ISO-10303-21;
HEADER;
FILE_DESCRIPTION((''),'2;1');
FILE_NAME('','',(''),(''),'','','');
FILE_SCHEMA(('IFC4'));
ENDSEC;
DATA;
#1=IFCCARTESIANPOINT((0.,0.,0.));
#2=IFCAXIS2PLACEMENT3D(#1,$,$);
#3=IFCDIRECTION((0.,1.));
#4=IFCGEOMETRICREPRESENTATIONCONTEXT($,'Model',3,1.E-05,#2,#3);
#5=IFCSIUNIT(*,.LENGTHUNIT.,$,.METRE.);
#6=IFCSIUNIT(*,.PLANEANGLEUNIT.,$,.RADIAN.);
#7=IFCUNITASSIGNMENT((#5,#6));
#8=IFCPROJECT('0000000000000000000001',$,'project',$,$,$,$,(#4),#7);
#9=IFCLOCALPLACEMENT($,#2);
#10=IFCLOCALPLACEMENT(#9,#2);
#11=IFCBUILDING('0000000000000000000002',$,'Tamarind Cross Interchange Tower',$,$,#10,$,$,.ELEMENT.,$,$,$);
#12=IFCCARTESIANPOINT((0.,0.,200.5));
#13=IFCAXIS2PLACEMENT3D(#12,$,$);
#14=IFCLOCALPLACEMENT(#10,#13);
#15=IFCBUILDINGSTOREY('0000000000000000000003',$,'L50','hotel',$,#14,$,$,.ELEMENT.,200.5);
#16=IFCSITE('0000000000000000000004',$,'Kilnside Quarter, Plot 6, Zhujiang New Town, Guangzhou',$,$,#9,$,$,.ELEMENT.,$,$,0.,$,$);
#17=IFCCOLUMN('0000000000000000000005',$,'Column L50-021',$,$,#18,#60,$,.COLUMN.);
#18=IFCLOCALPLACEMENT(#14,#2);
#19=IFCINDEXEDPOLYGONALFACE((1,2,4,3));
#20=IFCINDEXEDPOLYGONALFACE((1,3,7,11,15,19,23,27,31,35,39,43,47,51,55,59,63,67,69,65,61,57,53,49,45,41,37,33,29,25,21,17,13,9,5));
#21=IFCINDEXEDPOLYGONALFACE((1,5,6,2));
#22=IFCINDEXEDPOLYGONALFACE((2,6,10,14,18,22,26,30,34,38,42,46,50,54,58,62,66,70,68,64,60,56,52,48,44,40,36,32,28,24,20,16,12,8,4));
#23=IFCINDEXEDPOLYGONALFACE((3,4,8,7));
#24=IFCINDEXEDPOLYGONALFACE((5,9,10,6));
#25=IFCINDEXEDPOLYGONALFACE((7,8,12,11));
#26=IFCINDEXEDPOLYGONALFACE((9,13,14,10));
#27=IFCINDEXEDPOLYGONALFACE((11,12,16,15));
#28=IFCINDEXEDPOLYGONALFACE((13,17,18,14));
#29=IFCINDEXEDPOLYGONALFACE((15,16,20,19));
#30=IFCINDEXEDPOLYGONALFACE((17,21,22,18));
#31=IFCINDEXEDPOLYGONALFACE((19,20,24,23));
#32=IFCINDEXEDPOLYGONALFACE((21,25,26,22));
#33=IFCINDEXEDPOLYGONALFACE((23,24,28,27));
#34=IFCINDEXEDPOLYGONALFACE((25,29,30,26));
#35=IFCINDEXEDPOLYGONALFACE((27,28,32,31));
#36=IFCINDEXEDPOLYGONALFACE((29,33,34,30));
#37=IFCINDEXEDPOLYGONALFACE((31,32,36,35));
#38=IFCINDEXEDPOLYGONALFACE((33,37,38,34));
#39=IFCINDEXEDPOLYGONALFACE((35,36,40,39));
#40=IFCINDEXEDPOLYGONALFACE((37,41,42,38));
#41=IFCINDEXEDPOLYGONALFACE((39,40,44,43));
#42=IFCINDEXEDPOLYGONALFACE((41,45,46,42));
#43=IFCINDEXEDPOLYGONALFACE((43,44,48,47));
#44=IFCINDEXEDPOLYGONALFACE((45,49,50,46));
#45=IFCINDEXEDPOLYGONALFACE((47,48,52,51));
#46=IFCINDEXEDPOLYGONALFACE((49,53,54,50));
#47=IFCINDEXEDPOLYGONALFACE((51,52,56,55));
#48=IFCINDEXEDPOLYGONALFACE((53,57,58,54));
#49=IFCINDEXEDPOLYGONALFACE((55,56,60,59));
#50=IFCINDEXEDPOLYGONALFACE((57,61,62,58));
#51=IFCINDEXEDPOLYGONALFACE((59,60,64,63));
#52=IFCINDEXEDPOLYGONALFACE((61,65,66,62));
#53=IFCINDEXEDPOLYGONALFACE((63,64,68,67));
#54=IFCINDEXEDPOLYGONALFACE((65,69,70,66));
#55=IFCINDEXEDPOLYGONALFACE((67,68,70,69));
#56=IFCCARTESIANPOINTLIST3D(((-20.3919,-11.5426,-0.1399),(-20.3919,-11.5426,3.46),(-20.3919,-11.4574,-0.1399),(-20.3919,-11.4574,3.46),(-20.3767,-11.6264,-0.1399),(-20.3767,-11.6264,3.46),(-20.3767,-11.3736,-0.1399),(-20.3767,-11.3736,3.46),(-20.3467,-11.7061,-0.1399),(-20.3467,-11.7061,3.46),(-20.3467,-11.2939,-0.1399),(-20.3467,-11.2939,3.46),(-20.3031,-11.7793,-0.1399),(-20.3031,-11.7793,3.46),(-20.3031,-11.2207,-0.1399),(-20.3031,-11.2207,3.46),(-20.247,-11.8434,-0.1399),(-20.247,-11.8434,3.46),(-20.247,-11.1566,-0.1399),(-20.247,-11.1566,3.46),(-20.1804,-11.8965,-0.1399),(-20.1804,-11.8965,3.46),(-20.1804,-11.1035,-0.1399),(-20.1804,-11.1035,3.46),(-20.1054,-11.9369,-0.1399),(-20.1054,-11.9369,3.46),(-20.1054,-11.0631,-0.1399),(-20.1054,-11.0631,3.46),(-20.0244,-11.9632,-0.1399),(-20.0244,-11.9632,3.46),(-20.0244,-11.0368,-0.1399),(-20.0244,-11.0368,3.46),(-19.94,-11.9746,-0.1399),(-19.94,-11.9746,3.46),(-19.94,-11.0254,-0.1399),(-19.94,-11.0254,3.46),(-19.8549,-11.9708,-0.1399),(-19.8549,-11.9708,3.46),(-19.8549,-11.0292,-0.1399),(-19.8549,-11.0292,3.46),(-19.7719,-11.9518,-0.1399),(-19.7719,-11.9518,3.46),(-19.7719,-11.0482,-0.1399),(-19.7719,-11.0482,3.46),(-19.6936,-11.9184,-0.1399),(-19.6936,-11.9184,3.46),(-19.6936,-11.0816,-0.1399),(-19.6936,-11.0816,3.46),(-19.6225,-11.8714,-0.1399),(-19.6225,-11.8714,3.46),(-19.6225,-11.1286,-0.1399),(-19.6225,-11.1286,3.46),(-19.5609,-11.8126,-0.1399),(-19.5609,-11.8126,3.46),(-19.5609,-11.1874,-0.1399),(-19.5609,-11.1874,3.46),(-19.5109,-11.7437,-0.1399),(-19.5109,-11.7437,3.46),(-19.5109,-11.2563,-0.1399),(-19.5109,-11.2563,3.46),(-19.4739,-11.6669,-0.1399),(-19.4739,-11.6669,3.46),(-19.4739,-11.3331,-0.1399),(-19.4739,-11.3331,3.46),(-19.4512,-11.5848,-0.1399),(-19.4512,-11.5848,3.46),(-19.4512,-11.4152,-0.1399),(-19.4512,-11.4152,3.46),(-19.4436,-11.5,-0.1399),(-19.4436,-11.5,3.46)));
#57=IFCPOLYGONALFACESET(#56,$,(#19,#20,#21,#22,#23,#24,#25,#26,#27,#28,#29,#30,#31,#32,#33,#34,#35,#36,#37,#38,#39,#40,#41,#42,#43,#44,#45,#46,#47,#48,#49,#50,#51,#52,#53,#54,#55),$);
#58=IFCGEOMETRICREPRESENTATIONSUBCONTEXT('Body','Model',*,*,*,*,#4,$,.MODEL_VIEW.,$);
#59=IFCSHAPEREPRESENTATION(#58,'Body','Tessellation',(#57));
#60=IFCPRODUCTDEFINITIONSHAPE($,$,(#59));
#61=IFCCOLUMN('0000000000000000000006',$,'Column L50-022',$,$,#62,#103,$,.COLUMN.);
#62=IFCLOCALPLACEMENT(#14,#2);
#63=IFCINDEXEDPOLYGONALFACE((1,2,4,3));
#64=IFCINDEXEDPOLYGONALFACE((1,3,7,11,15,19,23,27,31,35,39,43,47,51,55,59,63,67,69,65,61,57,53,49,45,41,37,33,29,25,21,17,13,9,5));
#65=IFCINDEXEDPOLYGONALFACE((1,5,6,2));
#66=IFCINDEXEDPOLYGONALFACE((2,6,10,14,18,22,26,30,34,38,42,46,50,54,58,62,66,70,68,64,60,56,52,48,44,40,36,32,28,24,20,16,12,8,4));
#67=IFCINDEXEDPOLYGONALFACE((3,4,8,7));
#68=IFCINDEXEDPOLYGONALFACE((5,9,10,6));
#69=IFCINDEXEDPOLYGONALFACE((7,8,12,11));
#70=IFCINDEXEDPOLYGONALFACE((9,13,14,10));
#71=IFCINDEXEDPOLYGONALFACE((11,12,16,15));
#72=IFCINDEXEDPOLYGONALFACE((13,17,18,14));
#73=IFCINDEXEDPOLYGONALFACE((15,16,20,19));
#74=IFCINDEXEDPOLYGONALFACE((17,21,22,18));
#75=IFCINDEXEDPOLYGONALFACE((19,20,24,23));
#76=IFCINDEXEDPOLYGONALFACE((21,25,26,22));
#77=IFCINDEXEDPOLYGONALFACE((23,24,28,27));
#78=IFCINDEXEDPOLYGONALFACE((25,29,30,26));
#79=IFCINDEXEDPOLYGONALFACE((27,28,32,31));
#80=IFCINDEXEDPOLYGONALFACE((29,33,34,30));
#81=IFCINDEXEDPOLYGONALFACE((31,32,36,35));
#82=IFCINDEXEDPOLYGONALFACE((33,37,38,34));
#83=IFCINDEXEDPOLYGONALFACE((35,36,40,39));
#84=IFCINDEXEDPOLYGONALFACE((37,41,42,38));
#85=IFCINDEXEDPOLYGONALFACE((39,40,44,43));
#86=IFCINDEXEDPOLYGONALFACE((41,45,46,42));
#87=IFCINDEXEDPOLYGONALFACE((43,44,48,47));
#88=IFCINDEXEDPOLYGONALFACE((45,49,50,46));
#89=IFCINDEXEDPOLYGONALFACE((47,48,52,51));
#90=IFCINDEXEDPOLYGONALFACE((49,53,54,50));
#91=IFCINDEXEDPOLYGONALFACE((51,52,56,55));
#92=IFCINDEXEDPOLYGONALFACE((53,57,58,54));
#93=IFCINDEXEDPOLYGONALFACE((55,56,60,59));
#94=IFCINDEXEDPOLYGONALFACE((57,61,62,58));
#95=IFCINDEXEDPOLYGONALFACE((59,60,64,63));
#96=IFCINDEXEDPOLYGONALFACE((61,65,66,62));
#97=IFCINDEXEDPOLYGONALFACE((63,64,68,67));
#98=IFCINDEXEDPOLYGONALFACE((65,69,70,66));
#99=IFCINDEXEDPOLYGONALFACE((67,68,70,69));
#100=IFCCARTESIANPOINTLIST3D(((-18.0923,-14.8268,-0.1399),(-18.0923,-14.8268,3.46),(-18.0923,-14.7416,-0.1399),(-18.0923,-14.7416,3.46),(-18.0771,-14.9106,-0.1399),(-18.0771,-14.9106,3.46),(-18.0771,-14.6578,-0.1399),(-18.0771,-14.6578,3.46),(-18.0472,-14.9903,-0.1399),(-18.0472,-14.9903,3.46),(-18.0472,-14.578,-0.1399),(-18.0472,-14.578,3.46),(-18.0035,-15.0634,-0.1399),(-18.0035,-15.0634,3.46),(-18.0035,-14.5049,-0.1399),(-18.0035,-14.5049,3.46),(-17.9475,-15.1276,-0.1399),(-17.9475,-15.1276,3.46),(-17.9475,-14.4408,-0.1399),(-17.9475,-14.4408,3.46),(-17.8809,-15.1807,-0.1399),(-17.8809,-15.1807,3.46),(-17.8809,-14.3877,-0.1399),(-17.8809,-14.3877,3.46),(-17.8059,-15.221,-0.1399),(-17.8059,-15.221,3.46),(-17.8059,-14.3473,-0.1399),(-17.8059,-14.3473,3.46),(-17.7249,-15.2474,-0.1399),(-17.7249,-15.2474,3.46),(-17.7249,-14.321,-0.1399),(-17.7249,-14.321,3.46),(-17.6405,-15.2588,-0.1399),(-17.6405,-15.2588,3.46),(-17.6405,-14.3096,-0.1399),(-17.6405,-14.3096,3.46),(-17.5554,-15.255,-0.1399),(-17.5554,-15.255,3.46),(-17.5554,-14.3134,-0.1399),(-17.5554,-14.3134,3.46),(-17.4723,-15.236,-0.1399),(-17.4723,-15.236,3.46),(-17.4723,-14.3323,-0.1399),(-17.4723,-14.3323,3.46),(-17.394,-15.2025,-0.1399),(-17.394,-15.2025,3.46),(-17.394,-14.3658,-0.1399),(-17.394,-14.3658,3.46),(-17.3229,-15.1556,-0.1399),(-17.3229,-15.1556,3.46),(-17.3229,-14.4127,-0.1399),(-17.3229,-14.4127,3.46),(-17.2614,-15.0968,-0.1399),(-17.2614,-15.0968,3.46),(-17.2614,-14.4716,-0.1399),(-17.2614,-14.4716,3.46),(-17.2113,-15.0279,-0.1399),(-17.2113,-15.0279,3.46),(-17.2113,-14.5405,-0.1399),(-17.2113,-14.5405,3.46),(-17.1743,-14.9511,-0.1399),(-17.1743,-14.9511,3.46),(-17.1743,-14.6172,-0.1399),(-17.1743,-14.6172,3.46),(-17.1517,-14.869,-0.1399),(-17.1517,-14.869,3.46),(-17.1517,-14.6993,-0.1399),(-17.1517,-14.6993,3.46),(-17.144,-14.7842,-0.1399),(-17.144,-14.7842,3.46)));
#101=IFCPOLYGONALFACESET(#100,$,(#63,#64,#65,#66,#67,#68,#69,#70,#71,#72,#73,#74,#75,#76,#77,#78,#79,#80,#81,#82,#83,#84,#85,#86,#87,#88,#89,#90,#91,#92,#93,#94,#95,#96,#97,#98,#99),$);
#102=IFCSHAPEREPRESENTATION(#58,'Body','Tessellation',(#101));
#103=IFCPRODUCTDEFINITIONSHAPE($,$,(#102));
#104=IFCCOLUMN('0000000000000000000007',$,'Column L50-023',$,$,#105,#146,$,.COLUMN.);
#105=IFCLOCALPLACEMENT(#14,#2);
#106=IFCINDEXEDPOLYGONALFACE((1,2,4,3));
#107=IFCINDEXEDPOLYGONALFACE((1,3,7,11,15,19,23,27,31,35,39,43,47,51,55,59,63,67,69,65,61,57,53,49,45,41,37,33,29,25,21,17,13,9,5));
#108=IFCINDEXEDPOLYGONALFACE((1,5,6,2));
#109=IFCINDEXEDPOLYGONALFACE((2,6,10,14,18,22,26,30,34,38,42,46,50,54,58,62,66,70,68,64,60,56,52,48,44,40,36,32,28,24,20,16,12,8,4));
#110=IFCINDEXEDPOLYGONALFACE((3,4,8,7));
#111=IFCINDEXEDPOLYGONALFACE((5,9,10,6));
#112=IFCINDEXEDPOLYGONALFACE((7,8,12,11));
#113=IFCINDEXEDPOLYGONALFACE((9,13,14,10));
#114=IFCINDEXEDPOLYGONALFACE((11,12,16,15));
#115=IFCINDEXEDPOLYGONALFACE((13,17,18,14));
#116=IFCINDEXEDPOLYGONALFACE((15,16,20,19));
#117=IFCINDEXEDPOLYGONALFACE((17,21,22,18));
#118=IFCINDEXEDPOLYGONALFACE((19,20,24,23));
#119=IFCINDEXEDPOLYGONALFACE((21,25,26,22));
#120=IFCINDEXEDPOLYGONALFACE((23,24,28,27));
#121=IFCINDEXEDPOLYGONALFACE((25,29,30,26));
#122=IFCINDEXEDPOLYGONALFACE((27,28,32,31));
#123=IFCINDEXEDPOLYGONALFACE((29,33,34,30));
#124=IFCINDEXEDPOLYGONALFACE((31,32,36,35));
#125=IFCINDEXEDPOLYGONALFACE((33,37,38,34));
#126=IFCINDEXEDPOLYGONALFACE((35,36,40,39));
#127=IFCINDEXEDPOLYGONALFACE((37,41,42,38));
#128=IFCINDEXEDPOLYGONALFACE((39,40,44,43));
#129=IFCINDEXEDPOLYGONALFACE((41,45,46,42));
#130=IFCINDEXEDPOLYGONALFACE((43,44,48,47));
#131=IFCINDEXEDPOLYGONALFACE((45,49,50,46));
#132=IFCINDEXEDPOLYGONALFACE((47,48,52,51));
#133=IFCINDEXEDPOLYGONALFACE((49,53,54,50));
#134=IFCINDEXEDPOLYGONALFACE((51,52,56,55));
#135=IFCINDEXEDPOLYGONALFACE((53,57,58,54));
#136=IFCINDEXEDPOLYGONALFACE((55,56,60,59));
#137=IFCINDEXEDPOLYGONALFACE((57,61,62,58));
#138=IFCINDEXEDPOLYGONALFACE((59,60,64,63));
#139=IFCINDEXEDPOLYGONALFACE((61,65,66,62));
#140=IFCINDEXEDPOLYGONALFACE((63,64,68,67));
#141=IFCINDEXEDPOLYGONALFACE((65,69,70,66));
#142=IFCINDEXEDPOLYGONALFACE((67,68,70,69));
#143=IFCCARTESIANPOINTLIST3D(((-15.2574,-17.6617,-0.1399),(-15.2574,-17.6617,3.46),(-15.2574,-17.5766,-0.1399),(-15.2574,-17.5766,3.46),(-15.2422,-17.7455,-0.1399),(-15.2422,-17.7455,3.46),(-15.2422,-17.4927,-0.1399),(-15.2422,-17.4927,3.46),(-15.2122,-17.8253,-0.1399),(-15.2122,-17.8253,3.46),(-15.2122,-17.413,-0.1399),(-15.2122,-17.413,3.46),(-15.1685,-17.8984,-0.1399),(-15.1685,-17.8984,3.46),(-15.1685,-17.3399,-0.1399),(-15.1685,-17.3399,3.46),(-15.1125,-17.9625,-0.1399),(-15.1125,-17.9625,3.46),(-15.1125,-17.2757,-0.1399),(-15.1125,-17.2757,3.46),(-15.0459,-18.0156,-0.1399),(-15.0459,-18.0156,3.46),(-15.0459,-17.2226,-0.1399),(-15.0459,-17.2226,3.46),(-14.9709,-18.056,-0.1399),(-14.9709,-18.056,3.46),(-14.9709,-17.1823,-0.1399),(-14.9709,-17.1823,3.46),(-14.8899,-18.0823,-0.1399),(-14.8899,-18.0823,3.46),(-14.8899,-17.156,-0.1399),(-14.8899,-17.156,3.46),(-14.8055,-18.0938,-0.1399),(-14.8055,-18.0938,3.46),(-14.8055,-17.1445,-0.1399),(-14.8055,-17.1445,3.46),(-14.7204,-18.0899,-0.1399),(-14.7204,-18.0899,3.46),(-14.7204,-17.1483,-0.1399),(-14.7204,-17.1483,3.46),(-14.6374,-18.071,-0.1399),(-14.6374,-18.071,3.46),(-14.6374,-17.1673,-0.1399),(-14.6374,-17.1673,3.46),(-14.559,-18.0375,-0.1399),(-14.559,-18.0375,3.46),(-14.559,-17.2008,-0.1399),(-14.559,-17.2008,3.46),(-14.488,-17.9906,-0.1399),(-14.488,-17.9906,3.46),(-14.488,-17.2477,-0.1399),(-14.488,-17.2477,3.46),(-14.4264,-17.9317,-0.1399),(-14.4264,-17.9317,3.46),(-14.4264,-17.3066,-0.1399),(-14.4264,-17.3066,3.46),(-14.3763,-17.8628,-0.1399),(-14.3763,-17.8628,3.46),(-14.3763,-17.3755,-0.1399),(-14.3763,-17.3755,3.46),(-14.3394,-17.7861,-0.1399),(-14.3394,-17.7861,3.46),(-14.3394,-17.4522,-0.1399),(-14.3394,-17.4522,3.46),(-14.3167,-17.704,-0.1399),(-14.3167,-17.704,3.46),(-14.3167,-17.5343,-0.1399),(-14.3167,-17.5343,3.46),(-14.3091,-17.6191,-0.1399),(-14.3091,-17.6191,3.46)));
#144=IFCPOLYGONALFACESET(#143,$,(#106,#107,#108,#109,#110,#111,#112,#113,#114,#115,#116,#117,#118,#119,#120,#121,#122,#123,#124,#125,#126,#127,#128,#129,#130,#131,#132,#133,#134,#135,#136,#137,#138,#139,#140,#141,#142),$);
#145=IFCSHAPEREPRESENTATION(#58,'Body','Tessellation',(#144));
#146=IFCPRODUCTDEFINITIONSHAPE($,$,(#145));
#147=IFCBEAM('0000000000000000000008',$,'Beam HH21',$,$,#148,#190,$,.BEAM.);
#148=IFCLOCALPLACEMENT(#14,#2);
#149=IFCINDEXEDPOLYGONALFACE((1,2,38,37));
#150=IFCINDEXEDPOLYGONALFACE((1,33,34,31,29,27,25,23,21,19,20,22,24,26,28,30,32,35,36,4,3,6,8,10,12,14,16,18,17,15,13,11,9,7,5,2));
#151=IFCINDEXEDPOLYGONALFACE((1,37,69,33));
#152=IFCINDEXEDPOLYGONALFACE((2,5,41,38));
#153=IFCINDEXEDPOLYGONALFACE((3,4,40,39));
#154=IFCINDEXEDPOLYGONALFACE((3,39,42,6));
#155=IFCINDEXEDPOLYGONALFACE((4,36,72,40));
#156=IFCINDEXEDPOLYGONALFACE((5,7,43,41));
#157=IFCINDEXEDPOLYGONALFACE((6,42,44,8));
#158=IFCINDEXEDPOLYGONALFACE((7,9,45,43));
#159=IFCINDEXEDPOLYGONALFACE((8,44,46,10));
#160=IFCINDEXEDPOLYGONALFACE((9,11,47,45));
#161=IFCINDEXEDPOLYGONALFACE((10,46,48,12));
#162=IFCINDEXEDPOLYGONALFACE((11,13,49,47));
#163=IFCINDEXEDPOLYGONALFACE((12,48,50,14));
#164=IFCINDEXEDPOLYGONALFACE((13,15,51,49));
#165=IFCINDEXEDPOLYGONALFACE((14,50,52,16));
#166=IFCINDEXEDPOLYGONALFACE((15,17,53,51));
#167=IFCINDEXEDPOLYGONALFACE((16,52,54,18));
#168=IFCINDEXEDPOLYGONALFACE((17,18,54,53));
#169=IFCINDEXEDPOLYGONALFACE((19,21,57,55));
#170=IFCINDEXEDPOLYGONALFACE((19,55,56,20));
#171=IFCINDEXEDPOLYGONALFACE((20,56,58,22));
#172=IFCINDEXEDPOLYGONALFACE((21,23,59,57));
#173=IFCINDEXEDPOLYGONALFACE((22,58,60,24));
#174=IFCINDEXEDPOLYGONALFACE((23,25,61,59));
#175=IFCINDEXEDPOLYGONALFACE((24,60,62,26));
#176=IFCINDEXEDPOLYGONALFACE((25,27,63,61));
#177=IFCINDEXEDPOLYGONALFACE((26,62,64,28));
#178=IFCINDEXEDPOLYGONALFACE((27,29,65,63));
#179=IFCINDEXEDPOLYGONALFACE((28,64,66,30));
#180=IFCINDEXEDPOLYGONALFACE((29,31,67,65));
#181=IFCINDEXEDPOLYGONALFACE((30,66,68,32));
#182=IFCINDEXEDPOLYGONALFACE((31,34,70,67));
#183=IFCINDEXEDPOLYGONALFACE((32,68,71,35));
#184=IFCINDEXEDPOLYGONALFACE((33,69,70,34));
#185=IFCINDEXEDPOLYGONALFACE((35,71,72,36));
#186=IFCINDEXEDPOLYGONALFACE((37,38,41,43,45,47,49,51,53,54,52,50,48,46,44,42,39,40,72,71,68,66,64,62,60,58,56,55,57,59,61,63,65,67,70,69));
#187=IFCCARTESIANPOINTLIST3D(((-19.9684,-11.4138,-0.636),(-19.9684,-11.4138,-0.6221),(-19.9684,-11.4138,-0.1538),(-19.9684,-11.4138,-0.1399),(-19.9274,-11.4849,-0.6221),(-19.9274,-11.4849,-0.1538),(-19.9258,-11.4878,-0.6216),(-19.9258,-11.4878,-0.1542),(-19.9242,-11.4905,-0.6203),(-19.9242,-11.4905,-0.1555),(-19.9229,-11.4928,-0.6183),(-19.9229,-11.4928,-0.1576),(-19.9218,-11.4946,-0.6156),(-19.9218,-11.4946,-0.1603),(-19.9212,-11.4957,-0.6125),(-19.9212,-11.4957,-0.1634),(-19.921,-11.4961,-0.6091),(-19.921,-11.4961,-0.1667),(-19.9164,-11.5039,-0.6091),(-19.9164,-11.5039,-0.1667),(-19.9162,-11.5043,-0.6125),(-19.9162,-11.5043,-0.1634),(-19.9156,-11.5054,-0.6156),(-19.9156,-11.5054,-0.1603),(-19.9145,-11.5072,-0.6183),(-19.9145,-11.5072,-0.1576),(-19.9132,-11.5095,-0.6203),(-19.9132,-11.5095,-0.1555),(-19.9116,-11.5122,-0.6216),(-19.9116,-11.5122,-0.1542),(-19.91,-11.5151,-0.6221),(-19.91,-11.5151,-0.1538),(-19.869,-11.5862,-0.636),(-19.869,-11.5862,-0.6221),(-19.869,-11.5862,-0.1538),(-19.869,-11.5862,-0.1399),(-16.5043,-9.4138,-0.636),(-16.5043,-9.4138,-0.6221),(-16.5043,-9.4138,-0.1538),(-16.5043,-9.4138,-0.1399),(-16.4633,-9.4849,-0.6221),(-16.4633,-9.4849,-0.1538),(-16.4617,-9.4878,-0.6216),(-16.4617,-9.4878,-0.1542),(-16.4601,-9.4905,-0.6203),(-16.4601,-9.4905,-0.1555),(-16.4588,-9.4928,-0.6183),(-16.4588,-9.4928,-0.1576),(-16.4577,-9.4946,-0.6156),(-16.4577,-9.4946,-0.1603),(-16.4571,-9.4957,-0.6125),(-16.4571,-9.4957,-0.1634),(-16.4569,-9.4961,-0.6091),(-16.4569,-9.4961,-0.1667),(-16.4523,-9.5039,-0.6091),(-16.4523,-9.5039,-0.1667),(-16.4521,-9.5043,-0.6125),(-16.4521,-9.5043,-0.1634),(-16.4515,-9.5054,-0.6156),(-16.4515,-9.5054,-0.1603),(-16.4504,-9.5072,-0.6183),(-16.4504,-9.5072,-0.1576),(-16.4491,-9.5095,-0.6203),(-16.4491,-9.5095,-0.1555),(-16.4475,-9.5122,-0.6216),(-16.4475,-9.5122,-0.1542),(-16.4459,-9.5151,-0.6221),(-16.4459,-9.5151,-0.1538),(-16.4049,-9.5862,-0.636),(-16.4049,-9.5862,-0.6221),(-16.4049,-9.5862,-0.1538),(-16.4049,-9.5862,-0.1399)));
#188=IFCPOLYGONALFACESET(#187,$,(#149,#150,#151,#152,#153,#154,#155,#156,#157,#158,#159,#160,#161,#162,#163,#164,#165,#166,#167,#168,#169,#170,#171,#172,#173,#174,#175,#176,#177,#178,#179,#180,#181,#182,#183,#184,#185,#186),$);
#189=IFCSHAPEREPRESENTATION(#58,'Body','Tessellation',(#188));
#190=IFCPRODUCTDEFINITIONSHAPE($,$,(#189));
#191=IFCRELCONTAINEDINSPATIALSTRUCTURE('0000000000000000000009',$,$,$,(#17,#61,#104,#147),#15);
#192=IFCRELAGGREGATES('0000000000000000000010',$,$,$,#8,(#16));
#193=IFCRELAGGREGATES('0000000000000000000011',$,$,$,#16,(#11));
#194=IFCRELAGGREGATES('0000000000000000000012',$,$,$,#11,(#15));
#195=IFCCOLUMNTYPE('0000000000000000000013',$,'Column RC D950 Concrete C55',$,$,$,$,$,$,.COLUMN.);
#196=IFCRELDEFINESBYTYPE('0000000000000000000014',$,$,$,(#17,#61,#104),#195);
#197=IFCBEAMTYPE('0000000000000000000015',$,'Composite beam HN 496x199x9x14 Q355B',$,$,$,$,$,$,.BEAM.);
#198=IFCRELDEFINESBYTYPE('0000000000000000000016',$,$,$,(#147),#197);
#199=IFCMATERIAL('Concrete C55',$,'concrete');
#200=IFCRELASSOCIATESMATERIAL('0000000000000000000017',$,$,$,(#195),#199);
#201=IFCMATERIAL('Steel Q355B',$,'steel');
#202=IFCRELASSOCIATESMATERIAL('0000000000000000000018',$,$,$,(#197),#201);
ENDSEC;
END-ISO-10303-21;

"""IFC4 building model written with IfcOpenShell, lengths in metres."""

from ifc_helpers import new_model, si_unit, direction, frame, origin, origin_2d, place, context, subcontext, project, spatial, circle, i_section, extrude, material, material_profile, profile_set, type_object, element, save


model = new_model("IFC4")

# Units and contexts
model_context = context("Model", 3, precision=1e-05, world=origin(), true_north=direction((0.0, 1.0)))
body_context = subcontext(model_context, "Body", "Model", "MODEL_VIEW")
ifc_project = project(units=[si_unit("LENGTHUNIT", "METRE"), si_unit("PLANEANGLEUNIT", "RADIAN")], contexts=[model_context])

# Site, building, storey
site_placement = place(None, origin())
site = spatial("IfcSite", under=ifc_project, at=site_placement, Name="Kilnside Quarter, Plot 6, Zhujiang New Town, Guangzhou", CompositionType="ELEMENT", RefElevation=0.0)
building_placement = place(site_placement, origin())
building = spatial("IfcBuilding", under=site, at=building_placement, Name="Tamarind Cross Interchange Tower", CompositionType="ELEMENT")
storey_placement = place(building_placement, frame((0.0, 0.0, 200.5)))
storey = spatial("IfcBuildingStorey", under=building, at=storey_placement, Name="L50", Description="hotel", CompositionType="ELEMENT", Elevation=200.5)

# Columns
ifc_material_1 = material(Name="Concrete C55", Category="concrete")
ifc_material_profile_1 = material_profile(ifc_material_1, circle(Radius=0.4751, at=origin_2d()), Name="RC D950")
ifc_profile_set_1 = profile_set([ifc_material_profile_1], Name="Concrete C55")
column_type = type_object("IfcColumnType", Name="Column RC D950 Concrete C55", PredefinedType="COLUMN", material=ifc_profile_set_1)
for number, where, z_axis, x_axis, name in (
    (1, (-19.9187, -11.5, -0.1399), (0.0, 0.0, 1.0), (1.0, 0.0, 0.0), "Column L50-021"),
    (2, (-17.6191, -14.7842, -0.1399), (0.0, 0.0, 1.0), (1.0, 0.0, 0.0), "Column L50-022"),
    (3, (-14.7842, -17.6191, -0.1399), (0.0, 0.0, 1.0), (1.0, 0.0, 0.0), "Column L50-023"),
):
    element("IfcColumn", number, at=place(storey_placement, frame(where, z_axis=z_axis, x_axis=x_axis)), inside=storey, type_object=column_type, Name=name, PredefinedType="COLUMN", context=body_context, shape_type="SweptSolid", body=[
        extrude(circle(Radius=0.4751, at=origin_2d()), origin(), (0.0, 0.0, 1.0), 3.5999),
    ])

# Beam
ifc_material_2 = material(Name="Steel Q355B", Category="steel")
ifc_material_profile_2 = material_profile(ifc_material_2, i_section(OverallWidth=0.199, OverallDepth=0.4961, WebThickness=0.009, FlangeThickness=0.0139, FilletRadius=0.0129, at=origin_2d()), Name="HN 496x199x9x14")
ifc_profile_set_2 = profile_set([ifc_material_profile_2], Name="Steel Q355B")
beam_type = type_object("IfcBeamType", Name="Composite beam HN 496x199x9x14 Q355B", PredefinedType="BEAM", material=ifc_profile_set_2)
beam_1_placement = place(storey_placement, frame((-19.9187, -11.5, -0.3879), z_axis=(0.866026, 0.499999, 0.0), x_axis=(-0.499999, 0.866026, 0.0)))
element("IfcBeam", 4, at=beam_1_placement, inside=storey, type_object=beam_type, Name="Beam HH21", PredefinedType="BEAM", context=body_context, shape_type="SweptSolid", body=[
    extrude(i_section(OverallWidth=0.199, OverallDepth=0.4961, WebThickness=0.009, FlangeThickness=0.0139, FilletRadius=0.0129, at=origin_2d()), origin(), (0.0, 0.0, 1.0), 4.0),
])

save(model, "model.ifc")
